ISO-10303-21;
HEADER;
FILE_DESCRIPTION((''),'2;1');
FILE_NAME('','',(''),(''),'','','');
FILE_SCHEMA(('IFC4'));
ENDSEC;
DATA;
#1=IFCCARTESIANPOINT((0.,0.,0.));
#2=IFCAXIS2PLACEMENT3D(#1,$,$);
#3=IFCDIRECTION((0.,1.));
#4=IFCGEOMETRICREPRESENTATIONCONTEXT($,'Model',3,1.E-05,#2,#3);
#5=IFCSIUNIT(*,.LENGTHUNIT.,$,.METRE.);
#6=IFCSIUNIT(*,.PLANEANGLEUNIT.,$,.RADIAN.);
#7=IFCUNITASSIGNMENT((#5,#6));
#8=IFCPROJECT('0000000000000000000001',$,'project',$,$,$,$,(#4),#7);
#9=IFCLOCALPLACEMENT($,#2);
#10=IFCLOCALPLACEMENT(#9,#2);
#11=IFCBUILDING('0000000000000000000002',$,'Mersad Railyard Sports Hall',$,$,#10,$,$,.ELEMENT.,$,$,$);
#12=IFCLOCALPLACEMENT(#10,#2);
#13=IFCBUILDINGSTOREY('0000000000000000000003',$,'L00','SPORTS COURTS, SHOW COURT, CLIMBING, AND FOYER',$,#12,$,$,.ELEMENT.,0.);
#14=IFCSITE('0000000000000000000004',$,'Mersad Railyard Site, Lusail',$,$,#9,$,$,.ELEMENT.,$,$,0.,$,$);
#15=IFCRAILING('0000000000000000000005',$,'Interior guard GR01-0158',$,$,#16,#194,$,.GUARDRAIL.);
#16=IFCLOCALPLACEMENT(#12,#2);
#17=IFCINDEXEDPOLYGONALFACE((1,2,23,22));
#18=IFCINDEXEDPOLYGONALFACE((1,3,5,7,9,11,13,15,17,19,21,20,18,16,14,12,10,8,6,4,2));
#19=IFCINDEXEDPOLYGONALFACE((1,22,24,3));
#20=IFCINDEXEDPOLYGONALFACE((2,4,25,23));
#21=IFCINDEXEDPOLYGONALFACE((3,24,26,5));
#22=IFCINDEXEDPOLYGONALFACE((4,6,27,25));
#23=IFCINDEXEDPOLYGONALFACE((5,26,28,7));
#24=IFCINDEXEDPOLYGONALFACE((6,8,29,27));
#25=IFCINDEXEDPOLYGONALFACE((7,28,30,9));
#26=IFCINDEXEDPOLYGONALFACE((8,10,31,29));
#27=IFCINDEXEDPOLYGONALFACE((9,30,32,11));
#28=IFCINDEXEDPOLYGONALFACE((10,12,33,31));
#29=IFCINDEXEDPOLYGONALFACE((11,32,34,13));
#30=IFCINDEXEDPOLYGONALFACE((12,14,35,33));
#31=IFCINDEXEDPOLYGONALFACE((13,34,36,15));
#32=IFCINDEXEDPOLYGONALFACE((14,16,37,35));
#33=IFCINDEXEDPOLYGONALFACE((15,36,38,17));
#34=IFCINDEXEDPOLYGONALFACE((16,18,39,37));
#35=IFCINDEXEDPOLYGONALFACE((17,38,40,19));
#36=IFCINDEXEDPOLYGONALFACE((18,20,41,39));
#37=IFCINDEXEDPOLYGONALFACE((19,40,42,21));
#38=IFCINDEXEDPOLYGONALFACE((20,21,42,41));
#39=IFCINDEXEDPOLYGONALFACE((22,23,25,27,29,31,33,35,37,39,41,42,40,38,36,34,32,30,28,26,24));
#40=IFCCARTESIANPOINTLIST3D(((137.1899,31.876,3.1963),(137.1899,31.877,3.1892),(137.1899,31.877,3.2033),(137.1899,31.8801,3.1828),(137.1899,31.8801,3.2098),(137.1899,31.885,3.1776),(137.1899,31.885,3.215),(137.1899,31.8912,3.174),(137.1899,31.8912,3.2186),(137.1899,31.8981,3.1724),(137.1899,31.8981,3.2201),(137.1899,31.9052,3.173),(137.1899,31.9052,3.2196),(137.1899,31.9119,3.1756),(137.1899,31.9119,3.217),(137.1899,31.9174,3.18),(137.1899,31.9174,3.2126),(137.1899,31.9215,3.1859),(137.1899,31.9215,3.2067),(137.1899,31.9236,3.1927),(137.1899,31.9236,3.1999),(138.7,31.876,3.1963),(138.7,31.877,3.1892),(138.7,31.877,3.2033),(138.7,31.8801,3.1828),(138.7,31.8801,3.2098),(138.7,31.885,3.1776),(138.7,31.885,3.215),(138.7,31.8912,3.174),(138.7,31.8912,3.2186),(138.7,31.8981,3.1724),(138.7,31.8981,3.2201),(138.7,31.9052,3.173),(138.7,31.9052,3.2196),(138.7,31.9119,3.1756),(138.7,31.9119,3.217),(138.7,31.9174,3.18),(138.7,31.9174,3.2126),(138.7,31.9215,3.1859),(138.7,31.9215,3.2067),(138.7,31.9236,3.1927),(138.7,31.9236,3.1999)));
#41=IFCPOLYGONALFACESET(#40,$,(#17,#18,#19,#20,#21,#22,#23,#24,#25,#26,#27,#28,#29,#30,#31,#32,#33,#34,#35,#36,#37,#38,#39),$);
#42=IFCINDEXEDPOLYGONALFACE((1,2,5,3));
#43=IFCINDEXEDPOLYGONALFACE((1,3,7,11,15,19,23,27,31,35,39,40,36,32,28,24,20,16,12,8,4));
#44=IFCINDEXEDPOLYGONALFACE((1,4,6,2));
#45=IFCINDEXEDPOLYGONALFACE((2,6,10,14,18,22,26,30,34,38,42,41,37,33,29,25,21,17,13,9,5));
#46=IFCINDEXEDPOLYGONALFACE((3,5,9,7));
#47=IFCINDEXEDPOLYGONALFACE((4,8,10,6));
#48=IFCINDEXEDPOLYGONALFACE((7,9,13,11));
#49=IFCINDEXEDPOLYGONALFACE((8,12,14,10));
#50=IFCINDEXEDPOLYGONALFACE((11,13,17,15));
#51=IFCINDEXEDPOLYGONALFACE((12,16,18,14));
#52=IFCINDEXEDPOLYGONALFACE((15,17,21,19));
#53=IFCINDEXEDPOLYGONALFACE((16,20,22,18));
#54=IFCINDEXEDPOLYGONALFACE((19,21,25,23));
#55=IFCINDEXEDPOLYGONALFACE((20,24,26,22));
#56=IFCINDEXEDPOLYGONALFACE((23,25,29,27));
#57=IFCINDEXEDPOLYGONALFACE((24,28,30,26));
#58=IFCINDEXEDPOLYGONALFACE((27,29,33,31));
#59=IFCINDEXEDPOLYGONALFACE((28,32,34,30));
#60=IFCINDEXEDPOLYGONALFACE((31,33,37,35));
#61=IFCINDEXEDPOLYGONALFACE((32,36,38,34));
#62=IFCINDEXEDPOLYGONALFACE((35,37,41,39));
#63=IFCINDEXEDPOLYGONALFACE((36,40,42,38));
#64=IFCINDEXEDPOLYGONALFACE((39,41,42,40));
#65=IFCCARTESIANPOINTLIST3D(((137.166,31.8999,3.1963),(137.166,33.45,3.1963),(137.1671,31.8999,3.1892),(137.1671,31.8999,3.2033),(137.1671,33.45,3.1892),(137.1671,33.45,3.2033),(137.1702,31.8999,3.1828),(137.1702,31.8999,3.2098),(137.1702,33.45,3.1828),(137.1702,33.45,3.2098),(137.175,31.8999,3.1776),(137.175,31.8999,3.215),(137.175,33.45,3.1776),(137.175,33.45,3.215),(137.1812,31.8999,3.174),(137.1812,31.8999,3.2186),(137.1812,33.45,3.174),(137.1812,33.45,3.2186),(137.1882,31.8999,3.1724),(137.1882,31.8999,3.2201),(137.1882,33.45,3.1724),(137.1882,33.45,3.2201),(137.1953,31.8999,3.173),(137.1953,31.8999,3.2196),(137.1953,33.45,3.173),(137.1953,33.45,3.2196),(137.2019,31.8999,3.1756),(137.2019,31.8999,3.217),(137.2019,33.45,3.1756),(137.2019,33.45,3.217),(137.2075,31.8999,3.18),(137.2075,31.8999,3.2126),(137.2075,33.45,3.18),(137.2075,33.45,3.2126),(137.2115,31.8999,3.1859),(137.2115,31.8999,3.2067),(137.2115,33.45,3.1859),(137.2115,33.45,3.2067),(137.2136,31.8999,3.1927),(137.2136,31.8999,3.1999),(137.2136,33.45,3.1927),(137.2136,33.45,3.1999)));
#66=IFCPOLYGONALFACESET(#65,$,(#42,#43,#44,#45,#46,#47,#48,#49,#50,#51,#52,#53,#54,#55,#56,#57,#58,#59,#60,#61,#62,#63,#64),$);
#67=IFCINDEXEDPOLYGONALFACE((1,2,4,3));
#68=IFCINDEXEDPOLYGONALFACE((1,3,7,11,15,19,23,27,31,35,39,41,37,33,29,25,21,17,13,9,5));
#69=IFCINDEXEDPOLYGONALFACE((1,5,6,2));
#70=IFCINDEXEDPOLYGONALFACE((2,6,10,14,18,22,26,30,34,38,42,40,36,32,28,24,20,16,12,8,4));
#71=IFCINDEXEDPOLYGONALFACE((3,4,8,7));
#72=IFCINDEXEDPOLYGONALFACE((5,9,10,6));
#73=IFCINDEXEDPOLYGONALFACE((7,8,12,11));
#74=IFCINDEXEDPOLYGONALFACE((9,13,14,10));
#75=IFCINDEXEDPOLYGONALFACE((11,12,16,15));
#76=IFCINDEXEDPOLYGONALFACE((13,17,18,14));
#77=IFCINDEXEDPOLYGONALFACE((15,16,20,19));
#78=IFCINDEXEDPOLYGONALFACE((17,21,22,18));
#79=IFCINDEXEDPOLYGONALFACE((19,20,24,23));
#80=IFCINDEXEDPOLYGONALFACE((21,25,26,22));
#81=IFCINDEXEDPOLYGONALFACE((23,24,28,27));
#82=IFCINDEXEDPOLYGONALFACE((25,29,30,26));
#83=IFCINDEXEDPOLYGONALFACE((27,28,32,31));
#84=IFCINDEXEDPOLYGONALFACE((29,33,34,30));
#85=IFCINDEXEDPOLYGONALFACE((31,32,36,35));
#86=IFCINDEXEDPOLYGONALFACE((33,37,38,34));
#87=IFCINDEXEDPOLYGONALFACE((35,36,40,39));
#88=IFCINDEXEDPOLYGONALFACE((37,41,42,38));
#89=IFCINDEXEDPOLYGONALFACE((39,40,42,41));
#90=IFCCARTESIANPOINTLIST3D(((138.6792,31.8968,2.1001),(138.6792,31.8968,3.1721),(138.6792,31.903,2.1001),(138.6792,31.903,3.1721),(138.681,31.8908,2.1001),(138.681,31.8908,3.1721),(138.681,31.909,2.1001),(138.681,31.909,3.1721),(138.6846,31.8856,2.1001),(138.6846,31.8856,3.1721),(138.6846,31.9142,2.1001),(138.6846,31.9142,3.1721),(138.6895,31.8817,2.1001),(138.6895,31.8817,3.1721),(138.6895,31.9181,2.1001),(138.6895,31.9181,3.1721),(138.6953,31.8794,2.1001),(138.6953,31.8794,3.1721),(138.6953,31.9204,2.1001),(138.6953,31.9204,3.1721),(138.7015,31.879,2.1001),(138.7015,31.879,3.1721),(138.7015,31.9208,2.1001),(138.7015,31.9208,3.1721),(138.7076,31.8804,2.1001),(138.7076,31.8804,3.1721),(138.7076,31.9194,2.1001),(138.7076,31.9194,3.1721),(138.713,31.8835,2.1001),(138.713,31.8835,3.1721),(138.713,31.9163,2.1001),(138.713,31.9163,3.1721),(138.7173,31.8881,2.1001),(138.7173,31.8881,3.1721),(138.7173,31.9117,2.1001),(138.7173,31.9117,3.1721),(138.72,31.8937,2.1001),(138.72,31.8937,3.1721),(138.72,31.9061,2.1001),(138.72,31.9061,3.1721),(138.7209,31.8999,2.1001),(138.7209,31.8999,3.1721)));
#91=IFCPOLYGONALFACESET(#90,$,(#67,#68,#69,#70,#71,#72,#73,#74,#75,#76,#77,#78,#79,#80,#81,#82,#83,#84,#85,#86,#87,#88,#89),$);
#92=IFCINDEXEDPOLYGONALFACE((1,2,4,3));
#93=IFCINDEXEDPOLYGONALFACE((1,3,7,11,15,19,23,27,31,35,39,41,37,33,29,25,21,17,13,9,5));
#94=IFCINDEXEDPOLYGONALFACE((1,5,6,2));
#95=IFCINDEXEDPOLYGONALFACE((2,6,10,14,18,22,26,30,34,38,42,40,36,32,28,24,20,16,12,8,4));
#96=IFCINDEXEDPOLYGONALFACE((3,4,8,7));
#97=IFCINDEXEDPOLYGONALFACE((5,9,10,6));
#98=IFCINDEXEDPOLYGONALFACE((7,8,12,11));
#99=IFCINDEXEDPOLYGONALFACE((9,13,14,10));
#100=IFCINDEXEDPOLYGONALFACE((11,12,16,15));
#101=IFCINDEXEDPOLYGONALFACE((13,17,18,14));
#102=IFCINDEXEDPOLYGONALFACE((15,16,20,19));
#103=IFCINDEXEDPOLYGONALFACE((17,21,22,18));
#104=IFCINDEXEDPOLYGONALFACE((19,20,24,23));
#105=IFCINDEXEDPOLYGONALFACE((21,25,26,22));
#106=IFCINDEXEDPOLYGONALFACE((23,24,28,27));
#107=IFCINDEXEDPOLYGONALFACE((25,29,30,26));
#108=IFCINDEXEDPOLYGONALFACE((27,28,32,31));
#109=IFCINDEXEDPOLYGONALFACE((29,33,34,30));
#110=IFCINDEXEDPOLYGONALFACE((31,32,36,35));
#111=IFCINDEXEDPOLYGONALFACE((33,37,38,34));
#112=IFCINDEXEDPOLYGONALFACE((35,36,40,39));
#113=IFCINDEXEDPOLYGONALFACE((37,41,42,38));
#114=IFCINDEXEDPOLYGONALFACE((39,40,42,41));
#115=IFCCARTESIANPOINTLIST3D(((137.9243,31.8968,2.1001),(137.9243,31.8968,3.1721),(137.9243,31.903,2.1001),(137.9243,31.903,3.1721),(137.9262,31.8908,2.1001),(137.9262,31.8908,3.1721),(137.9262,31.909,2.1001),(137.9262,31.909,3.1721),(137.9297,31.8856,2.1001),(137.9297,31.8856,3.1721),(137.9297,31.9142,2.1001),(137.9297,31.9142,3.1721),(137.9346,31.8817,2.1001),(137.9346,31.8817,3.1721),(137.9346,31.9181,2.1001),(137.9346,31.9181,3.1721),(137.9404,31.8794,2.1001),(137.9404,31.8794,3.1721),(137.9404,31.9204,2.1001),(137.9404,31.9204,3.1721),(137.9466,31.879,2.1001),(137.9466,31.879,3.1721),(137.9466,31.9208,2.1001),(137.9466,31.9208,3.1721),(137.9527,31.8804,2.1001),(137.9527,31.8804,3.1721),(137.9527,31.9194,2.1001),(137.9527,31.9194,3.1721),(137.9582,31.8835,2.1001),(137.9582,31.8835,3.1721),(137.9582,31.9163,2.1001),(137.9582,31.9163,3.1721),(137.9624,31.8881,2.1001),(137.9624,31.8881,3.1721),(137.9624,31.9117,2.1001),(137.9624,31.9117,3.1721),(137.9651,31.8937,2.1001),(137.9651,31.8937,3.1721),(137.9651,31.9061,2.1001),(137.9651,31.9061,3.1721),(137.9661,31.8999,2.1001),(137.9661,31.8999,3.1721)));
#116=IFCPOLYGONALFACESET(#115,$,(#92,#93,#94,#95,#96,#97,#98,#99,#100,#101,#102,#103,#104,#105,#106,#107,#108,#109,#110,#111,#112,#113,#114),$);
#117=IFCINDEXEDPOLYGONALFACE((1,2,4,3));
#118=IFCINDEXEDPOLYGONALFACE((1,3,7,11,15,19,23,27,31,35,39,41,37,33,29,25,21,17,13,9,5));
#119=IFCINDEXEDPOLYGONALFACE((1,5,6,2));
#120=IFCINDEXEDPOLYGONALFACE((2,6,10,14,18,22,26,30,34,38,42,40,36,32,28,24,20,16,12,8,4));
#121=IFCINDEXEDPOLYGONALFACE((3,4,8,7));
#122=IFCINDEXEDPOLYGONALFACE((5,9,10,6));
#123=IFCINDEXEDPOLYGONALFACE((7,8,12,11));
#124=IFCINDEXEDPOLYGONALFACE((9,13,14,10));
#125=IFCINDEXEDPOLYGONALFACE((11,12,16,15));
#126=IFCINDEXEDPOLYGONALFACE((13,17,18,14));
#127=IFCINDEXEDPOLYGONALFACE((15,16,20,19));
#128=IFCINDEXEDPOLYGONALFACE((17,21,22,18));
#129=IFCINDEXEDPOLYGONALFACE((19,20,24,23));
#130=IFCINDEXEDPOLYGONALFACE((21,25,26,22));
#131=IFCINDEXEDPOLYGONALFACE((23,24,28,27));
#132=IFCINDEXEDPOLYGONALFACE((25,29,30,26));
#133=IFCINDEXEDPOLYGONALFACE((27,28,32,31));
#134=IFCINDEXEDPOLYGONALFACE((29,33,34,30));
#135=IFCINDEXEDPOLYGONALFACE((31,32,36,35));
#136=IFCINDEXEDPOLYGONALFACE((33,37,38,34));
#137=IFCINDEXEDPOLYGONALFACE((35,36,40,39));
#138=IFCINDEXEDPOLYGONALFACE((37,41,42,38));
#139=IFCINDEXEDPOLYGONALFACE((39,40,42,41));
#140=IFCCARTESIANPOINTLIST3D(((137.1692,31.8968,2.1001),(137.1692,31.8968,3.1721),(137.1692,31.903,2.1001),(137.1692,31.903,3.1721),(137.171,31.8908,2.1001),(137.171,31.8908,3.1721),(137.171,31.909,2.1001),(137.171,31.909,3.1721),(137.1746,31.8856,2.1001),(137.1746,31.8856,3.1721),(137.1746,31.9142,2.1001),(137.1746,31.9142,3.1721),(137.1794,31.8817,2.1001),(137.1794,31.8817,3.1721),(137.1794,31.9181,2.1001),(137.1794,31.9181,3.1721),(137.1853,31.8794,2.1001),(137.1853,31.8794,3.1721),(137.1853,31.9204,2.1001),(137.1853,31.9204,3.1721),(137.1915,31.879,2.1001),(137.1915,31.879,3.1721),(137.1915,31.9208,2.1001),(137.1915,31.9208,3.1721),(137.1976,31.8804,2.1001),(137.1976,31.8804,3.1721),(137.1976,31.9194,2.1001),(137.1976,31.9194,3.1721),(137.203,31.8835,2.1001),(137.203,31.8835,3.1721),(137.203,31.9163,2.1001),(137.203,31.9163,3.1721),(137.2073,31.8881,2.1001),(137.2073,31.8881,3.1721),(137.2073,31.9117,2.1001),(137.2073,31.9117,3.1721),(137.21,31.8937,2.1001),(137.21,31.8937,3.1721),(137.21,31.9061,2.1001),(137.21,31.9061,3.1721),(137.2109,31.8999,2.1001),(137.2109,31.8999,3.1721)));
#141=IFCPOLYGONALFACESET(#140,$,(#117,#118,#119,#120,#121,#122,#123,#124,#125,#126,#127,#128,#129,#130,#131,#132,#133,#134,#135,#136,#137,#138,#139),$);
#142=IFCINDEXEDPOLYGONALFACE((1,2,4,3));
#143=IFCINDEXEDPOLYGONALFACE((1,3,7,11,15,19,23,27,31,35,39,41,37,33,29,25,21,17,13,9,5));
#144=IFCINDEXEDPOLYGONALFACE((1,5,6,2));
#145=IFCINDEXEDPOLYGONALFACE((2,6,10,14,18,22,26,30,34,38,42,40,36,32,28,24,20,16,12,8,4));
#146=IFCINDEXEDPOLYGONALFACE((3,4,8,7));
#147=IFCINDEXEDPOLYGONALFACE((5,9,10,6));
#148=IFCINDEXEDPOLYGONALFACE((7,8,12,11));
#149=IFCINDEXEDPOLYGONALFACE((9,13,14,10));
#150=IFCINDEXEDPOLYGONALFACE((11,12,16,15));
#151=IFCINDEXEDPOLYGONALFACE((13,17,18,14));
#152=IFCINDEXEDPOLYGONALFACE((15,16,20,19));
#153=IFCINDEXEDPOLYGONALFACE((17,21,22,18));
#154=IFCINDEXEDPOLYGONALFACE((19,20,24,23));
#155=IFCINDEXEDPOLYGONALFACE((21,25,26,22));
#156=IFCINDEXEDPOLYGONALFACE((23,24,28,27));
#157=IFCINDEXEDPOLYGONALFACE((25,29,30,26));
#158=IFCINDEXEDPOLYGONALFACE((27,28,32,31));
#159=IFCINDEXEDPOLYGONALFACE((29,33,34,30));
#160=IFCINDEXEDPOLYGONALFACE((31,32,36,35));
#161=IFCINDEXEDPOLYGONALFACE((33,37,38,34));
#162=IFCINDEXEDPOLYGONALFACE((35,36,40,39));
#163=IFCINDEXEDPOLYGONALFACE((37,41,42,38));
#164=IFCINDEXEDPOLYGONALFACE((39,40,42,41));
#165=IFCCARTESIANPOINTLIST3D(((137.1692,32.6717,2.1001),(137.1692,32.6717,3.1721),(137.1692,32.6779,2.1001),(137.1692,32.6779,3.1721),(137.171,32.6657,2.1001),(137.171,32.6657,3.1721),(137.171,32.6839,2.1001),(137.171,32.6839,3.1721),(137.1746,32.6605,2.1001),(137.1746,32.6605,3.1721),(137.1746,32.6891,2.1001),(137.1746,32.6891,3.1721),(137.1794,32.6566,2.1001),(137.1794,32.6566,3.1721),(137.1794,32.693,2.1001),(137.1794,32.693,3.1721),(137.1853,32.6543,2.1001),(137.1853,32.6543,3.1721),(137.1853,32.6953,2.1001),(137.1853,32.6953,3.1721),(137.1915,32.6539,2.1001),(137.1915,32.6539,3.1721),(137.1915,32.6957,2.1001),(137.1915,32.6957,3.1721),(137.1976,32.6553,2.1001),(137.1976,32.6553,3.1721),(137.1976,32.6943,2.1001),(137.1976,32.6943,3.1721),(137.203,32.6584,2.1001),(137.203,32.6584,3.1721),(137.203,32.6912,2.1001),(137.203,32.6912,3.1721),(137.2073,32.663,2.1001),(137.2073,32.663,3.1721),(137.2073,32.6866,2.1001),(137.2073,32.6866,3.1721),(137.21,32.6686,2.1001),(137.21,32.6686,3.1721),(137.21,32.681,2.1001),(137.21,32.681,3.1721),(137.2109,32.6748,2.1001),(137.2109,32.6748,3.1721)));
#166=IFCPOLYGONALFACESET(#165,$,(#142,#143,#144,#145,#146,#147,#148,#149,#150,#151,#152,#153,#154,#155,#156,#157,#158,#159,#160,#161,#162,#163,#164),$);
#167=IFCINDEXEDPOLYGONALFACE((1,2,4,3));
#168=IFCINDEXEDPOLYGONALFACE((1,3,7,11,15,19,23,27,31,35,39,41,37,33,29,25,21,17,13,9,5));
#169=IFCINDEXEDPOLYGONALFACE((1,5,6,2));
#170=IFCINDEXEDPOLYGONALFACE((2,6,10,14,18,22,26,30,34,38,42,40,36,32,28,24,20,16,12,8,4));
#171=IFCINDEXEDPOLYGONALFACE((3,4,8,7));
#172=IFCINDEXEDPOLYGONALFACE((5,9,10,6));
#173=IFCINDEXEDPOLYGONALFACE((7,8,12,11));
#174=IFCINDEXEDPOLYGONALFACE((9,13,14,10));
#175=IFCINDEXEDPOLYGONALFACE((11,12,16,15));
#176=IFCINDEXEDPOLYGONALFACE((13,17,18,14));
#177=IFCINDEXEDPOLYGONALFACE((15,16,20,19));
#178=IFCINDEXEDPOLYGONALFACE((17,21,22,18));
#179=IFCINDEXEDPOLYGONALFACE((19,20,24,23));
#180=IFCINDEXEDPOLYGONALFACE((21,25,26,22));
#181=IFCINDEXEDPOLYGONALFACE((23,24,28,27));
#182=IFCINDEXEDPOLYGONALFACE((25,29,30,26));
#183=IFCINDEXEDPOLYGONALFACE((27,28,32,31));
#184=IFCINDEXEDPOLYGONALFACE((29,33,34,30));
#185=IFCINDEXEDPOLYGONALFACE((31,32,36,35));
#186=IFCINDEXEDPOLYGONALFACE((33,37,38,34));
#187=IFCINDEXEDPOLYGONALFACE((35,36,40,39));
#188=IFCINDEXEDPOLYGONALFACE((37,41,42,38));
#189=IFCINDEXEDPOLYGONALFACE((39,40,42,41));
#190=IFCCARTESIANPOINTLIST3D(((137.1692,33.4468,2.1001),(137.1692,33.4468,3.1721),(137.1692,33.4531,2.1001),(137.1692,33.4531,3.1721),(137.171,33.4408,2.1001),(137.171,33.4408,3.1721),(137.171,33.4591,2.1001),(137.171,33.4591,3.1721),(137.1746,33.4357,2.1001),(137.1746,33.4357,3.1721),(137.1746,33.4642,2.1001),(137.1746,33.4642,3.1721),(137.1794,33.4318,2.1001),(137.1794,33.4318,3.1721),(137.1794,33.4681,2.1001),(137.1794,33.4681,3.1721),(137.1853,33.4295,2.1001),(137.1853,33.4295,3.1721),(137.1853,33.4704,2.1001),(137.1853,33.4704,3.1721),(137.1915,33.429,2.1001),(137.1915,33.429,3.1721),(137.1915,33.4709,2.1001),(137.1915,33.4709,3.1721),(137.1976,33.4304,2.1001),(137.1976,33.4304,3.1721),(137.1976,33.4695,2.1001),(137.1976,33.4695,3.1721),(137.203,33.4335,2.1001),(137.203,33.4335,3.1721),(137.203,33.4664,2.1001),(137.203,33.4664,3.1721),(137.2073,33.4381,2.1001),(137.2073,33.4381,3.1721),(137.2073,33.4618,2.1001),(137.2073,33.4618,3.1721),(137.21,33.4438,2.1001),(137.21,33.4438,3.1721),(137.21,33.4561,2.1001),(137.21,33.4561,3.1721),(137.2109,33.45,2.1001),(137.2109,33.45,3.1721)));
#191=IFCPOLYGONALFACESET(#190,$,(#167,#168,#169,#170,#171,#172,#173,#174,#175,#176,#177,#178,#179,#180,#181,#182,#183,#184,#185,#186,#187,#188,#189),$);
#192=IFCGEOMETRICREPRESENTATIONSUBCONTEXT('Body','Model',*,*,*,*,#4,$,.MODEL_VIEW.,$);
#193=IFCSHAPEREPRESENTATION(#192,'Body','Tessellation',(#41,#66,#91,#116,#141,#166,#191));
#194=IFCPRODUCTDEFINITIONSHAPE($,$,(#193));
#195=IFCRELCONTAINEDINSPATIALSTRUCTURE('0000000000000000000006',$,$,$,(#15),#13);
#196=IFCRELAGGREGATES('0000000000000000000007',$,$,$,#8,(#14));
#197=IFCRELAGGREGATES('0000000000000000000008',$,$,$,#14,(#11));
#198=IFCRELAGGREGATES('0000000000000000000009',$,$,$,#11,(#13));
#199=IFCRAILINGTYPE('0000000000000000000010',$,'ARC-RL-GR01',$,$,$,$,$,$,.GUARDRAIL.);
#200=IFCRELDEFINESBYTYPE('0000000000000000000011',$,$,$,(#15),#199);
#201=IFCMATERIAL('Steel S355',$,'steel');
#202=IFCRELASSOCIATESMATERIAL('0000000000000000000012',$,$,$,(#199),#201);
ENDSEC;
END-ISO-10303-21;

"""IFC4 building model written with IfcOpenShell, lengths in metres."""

from ifc_helpers import new_model, si_unit, direction, frame, origin, origin_2d, place, context, subcontext, project, spatial, circle, extrude, material, type_object, element, save


model = new_model("IFC4")

# Units and contexts
model_context = context("Model", 3, precision=1e-05, world=origin(), true_north=direction((0.0, 1.0)))
body_context = subcontext(model_context, "Body", "Model", "MODEL_VIEW")
ifc_project = project(units=[si_unit("LENGTHUNIT", "METRE"), si_unit("PLANEANGLEUNIT", "RADIAN")], contexts=[model_context])

# Site, building, storey
site_placement = place(None, origin())
site = spatial("IfcSite", under=ifc_project, at=site_placement, Name="Mersad Railyard Site, Lusail", CompositionType="ELEMENT", RefElevation=0.0)
building_placement = place(site_placement, origin())
building = spatial("IfcBuilding", under=site, at=building_placement, Name="Mersad Railyard Sports Hall", CompositionType="ELEMENT")
storey_placement = place(building_placement, origin())
storey = spatial("IfcBuildingStorey", under=building, at=storey_placement, Name="L00", Description="SPORTS COURTS, SHOW COURT, CLIMBING, AND FOYER", CompositionType="ELEMENT", Elevation=0.0)

# Shared definitions
ifc_material_1 = material(Name="Steel S355", Category="steel")

# Railing
railing_type = type_object("IfcRailingType", Name="ARC-RL-GR01", PredefinedType="GUARDRAIL", material=ifc_material_1)
railing_1_placement = place(storey_placement, frame((138.7, 31.8999, 2.1001)))
element("IfcRailing", 1, at=railing_1_placement, inside=storey, type_object=railing_type, Name="Interior guard GR01-0158", PredefinedType="GUARDRAIL", context=body_context, shape_type="SweptSolid", body=[
    extrude(circle(Radius=0.0239, at=origin_2d()), frame((0.0, 0.0, 1.0962), z_axis=(-1.0, 0.0, 0.0), x_axis=(0.0, -1.0, 0.0)), (0.0, 0.0, 1.0), 1.51),
    extrude(circle(Radius=0.0239, at=origin_2d()), frame((-1.51, 0.0, 1.0962), z_axis=(0.0, 1.0, 0.0), x_axis=(-1.0, 0.0, 0.0)), (0.0, 0.0, 1.0), 1.55),
    extrude(circle(Radius=0.021, at=origin_2d()), origin(), (0.0, 0.0, 1.0), 1.072),
    extrude(circle(Radius=0.021, at=origin_2d()), frame((-0.7549, 0.0, 0.0)), (0.0, 0.0, 1.0), 1.072),
    extrude(circle(Radius=0.021, at=origin_2d()), frame((-1.51, 0.0, 0.0)), (0.0, 0.0, 1.0), 1.072),
    extrude(circle(Radius=0.021, at=origin_2d()), frame((-1.51, 0.7749, 0.0)), (0.0, 0.0, 1.0), 1.072),
    extrude(circle(Radius=0.021, at=origin_2d()), frame((-1.51, 1.55, 0.0)), (0.0, 0.0, 1.0), 1.072),
])

save(model, "model.ifc")
